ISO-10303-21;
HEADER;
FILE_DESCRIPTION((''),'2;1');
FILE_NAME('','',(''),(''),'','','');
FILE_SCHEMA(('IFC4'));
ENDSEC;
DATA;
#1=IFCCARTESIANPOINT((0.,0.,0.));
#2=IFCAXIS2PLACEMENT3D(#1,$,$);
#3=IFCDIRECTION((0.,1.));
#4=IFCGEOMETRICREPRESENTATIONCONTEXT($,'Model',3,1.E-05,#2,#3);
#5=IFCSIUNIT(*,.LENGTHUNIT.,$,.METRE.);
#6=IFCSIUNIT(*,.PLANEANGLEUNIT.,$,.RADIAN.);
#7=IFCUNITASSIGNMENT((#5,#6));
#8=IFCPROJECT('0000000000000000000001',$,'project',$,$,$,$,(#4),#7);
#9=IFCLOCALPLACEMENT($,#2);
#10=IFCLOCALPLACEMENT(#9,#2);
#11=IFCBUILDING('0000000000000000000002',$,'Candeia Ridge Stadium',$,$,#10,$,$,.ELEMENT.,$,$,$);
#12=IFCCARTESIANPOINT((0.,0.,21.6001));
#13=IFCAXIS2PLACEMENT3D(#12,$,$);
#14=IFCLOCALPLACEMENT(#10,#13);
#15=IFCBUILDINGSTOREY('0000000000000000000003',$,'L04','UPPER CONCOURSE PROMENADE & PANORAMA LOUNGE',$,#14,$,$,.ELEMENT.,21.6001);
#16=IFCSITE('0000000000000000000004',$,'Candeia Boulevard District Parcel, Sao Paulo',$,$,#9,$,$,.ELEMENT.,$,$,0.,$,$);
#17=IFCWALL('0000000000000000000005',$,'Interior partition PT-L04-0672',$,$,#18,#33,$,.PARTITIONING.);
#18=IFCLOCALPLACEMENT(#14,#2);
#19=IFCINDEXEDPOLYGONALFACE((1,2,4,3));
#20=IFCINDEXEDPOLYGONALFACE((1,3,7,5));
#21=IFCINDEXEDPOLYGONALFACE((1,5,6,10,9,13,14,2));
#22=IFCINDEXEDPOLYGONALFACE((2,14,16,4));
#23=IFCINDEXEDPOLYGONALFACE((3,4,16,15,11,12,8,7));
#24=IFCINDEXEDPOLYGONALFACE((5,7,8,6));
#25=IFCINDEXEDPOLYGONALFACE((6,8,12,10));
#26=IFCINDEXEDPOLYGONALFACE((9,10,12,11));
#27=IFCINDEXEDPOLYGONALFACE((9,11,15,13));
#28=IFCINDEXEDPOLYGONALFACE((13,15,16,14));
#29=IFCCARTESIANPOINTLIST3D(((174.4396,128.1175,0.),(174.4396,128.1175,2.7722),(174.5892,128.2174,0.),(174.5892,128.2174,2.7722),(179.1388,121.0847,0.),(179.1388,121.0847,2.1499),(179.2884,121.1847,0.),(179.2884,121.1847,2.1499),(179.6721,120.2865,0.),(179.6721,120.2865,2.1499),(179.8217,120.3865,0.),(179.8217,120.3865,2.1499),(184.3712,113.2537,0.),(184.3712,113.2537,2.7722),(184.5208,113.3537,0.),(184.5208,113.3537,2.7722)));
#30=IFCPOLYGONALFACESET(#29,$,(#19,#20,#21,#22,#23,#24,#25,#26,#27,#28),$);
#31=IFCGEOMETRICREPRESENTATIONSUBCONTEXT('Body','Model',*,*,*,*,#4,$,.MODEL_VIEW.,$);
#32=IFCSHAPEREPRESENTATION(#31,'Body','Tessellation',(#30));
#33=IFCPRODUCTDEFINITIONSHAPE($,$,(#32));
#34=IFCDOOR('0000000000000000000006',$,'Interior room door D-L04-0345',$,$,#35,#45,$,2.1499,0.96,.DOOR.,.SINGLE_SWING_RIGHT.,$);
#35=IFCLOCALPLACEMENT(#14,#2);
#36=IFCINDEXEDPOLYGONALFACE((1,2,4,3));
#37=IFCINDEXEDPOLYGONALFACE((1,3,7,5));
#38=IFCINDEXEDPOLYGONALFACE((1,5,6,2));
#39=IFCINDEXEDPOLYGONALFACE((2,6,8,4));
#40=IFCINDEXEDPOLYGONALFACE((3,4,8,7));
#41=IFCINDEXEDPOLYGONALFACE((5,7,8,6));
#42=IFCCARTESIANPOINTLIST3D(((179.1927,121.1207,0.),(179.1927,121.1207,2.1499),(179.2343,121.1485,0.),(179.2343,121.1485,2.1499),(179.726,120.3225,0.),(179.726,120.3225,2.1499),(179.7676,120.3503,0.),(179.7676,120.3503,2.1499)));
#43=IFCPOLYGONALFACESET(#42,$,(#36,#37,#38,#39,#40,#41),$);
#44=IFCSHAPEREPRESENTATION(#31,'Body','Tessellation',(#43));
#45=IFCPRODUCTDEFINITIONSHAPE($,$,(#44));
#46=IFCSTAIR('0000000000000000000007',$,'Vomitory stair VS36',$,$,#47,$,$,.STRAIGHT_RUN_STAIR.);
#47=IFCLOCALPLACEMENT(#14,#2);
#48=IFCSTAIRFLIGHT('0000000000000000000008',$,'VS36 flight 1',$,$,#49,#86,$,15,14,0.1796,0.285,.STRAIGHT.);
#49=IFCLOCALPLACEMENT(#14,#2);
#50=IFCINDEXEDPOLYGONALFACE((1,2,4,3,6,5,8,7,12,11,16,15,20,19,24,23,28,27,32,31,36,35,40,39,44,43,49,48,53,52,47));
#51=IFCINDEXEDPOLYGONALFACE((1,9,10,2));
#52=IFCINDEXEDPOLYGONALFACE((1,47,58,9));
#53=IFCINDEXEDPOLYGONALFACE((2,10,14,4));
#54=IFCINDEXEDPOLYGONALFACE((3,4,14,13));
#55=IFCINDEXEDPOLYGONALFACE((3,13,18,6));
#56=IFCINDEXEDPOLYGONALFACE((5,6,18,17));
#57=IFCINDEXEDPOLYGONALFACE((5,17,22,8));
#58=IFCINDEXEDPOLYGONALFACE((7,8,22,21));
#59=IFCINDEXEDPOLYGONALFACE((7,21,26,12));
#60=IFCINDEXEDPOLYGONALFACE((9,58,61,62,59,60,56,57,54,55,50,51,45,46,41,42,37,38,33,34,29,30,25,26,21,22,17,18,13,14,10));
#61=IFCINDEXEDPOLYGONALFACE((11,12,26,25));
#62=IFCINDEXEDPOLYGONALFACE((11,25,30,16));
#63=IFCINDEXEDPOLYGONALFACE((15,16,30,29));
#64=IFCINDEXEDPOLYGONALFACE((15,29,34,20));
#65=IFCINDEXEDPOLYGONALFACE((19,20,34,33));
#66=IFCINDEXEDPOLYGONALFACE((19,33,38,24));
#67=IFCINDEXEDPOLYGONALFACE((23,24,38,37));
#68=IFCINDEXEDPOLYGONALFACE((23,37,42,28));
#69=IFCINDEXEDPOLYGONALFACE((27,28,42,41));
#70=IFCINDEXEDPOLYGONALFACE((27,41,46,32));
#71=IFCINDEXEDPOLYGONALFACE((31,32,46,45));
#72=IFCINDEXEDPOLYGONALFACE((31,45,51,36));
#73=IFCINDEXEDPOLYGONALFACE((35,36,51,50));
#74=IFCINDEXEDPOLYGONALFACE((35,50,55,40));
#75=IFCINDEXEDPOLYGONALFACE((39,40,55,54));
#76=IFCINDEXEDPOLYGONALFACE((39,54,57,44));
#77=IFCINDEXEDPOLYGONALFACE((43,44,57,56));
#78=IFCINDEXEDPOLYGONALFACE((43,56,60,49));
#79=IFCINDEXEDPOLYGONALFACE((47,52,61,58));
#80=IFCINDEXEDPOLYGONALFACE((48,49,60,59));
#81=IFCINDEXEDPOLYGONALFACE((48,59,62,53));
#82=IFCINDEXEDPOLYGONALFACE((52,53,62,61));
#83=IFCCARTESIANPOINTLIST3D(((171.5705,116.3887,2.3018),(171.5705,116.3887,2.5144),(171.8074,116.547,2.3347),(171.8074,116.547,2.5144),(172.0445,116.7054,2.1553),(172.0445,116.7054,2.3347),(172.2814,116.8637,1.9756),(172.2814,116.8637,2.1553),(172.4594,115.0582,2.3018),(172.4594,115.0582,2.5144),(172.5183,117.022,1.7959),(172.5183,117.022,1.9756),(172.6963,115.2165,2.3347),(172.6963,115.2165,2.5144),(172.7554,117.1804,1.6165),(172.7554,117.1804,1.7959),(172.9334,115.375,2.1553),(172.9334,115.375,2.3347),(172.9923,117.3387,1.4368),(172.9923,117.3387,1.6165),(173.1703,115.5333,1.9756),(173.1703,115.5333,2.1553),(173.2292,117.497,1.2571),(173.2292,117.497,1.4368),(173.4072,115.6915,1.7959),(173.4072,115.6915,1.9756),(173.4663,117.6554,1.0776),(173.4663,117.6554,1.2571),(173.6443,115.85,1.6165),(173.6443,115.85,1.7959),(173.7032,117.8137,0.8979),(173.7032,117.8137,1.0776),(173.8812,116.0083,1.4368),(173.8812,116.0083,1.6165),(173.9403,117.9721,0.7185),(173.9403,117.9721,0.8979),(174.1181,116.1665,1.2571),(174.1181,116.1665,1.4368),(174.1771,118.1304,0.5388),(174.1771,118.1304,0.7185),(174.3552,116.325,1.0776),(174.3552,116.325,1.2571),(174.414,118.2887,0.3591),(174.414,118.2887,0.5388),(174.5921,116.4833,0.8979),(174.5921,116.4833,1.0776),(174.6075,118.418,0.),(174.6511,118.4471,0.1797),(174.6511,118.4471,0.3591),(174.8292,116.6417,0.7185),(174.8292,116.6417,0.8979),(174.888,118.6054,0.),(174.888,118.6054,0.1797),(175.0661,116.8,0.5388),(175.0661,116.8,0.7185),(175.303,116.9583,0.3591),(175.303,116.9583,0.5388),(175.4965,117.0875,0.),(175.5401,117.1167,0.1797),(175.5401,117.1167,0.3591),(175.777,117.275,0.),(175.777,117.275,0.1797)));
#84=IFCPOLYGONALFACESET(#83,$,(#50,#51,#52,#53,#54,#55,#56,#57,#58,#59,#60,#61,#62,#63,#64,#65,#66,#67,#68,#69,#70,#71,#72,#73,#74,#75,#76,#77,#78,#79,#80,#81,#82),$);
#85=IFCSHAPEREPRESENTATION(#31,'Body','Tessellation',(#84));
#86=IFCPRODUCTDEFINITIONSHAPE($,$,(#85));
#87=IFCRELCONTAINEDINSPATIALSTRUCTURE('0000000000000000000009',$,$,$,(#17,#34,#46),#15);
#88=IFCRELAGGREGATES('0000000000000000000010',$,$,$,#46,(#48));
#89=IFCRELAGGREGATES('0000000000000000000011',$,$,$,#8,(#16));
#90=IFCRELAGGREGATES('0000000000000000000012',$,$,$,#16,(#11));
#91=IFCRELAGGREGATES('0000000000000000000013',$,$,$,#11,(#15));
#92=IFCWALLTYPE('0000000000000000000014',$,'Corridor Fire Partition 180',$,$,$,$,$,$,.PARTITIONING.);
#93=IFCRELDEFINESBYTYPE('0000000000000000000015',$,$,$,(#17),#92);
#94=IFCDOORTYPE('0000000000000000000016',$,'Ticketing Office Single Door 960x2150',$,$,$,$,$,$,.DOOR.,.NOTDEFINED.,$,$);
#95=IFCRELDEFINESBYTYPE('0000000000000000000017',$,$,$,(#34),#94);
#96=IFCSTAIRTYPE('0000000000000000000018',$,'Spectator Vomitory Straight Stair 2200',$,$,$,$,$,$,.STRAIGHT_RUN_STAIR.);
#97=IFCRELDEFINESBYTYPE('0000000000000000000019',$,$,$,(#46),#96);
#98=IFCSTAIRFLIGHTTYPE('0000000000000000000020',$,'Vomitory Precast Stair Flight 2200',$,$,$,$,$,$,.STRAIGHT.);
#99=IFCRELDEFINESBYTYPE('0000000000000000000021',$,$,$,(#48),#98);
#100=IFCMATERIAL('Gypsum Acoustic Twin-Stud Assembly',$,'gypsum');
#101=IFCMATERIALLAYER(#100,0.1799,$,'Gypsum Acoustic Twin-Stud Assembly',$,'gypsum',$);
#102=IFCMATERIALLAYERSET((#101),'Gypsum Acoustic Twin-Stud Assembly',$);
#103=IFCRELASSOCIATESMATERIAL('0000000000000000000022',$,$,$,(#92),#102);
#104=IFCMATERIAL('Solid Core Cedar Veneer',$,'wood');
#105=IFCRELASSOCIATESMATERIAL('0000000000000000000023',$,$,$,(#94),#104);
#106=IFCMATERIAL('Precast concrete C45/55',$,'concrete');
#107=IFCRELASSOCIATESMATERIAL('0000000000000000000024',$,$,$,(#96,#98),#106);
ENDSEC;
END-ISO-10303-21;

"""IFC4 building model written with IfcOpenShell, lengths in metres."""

from ifc_helpers import new_model, si_unit, direction, frame, frame_2d, origin, place, context, subcontext, project, spatial, polyline, rectangle, outline, extrude, material, layer, layer_set, type_object, element, fill, aggregate, save


model = new_model("IFC4")

# Units and contexts
model_context = context("Model", 3, precision=1e-05, world=origin(), true_north=direction((0.0, 1.0)))
body_context = subcontext(model_context, "Body", "Model", "MODEL_VIEW")
ifc_project = project(units=[si_unit("LENGTHUNIT", "METRE"), si_unit("PLANEANGLEUNIT", "RADIAN")], contexts=[model_context])

# Site, building, storey
site_placement = place(None, origin())
site = spatial("IfcSite", under=ifc_project, at=site_placement, Name="Candeia Boulevard District Parcel, Sao Paulo", CompositionType="ELEMENT", RefElevation=0.0)
building_placement = place(site_placement, origin())
building = spatial("IfcBuilding", under=site, at=building_placement, Name="Candeia Ridge Stadium", CompositionType="ELEMENT")
storey_placement = place(building_placement, frame((0.0, 0.0, 21.6001)))
storey = spatial("IfcBuildingStorey", under=building, at=storey_placement, Name="L04", Description="UPPER CONCOURSE PROMENADE & PANORAMA LOUNGE", CompositionType="ELEMENT", Elevation=21.6001)

# Wall, opening, door
ifc_material_1 = material(Name="Gypsum Acoustic Twin-Stud Assembly", Category="gypsum")
ifc_layer_1 = layer(ifc_material_1, 0.1799, Name="Gypsum Acoustic Twin-Stud Assembly", Category="gypsum")
ifc_layer_set_1 = layer_set([ifc_layer_1], Name="Gypsum Acoustic Twin-Stud Assembly")
wall_type_1 = type_object("IfcWallType", Name="Corridor Fire Partition 180", PredefinedType="PARTITIONING", material=ifc_layer_set_1)
wall_1_placement = place(storey_placement, frame((184.446, 113.3037, 0.0), z_axis=(0.0, 0.0, 1.0), x_axis=(-0.55557, 0.83147, 0.0)))
wall_1 = element("IfcWall", 1, at=wall_1_placement, inside=storey, type_object=wall_type_1, Name="Interior partition PT-L04-0672", PredefinedType="PARTITIONING", context=body_context, shape_type="SweptSolid", body=[
    extrude(rectangle(XDim=17.8765, YDim=0.1799, at=frame_2d((8.9382, 0.0))), origin(), (0.0, 0.0, 1.0), 2.7722),
])
opening_placement = place(wall_1_placement, frame((8.4583, 0.0, 0.0)))
opening = element("IfcOpeningElement", 2, at=opening_placement, cuts=wall_1, PredefinedType="OPENING", context=body_context, shape_type="SweptSolid", body=[
    extrude(rectangle(XDim=0.96, YDim=2.1499, at=frame_2d((0.48, 1.075))), frame((0.0, 0.0999, 0.0), z_axis=(0.0, -1.0, 0.0), x_axis=(1.0, 0.0, 0.0)), (0.0, 0.0, 1.0), 0.2),
])
ifc_material_2 = material(Name="Solid Core Cedar Veneer", Category="wood")
door_type = type_object("IfcDoorType", Name="Ticketing Office Single Door 960x2150", OperationType="NOTDEFINED", PredefinedType="DOOR", material=ifc_material_2)
door_placement = place(opening_placement, frame((0.96, 0.0, 0.0), z_axis=(0.0, 0.0, 1.0), x_axis=(-1.0, 0.0, 0.0)))
door = element("IfcDoor", 3, at=door_placement, inside=storey, type_object=door_type, Name="Interior room door D-L04-0345", OperationType="SINGLE_SWING_RIGHT", OverallHeight=2.1499, OverallWidth=0.96, PredefinedType="DOOR", context=body_context, shape_type="SweptSolid", body=[
    extrude(rectangle(XDim=0.96, YDim=2.1499, at=frame_2d((0.48, 1.075))), frame((0.0, 0.0249, 0.0), z_axis=(0.0, -1.0, 0.0), x_axis=(1.0, 0.0, 0.0)), (0.0, 0.0, 1.0), 0.05),
])
fill(opening, door)

# Stair, stair flight
ifc_material_3 = material(Name="Precast concrete C45/55", Category="concrete")
stair_type = type_object("IfcStairType", Name="Spectator Vomitory Straight Stair 2200", PredefinedType="STRAIGHT_RUN_STAIR", material=ifc_material_3)
stair_placement = place(storey_placement, origin())
stair = element("IfcStair", 4, at=stair_placement, inside=storey, type_object=stair_type, Name="Vomitory stair VS36", PredefinedType="STRAIGHT_RUN_STAIR")
stair_flight_type = type_object("IfcStairFlightType", Name="Vomitory Precast Stair Flight 2200", PredefinedType="STRAIGHT", material=ifc_material_3)
stair_flight_placement = place(storey_placement, frame((175.3325, 117.9402, 0.0), z_axis=(0.0, 0.0, 1.0), x_axis=(-0.83147, -0.55557, 0.0)))
stair_flight = element("IfcStairFlight", 5, at=stair_flight_placement, type_object=stair_flight_type, Name="VS36 flight 1", NumberOfRisers=15, NumberOfTreads=14, PredefinedType="STRAIGHT", RiserHeight=0.1796, TreadLength=0.285, context=body_context, shape_type="SweptSolid", body=[
    extrude(outline(polyline([(0.0, 0.0), (0.0, 0.1797), (0.2849, 0.1797), (0.2849, 0.3591), (0.5701, 0.3591), (0.5701, 0.5388), (0.855, 0.5388), (0.855, 0.7185), (1.1399, 0.7185), (1.1399, 0.8979), (1.425, 0.8979), (1.425, 1.0776), (1.71, 1.0776), (1.71, 1.2571), (1.9951, 1.2571), (1.9951, 1.4368), (2.28, 1.4368), (2.28, 1.6165), (2.5649, 1.6165), (2.5649, 1.7959), (2.8501, 1.7959), (2.8501, 1.9756), (3.135, 1.9756), (3.135, 2.1553), (3.4199, 2.1553), (3.4199, 2.3347), (3.7051, 2.3347), (3.7051, 2.5144), (3.99, 2.5144), (3.99, 2.6941), (3.99, 2.3018), (0.3374, 0.0), (0.0, 0.0)])), frame((0.0, 0.8, 0.0), z_axis=(0.0, -1.0, 0.0), x_axis=(1.0, 0.0, 0.0)), (0.0, 0.0, 1.0), 1.6001),
])
aggregate(stair, [stair_flight])

save(model, "model.ifc")
